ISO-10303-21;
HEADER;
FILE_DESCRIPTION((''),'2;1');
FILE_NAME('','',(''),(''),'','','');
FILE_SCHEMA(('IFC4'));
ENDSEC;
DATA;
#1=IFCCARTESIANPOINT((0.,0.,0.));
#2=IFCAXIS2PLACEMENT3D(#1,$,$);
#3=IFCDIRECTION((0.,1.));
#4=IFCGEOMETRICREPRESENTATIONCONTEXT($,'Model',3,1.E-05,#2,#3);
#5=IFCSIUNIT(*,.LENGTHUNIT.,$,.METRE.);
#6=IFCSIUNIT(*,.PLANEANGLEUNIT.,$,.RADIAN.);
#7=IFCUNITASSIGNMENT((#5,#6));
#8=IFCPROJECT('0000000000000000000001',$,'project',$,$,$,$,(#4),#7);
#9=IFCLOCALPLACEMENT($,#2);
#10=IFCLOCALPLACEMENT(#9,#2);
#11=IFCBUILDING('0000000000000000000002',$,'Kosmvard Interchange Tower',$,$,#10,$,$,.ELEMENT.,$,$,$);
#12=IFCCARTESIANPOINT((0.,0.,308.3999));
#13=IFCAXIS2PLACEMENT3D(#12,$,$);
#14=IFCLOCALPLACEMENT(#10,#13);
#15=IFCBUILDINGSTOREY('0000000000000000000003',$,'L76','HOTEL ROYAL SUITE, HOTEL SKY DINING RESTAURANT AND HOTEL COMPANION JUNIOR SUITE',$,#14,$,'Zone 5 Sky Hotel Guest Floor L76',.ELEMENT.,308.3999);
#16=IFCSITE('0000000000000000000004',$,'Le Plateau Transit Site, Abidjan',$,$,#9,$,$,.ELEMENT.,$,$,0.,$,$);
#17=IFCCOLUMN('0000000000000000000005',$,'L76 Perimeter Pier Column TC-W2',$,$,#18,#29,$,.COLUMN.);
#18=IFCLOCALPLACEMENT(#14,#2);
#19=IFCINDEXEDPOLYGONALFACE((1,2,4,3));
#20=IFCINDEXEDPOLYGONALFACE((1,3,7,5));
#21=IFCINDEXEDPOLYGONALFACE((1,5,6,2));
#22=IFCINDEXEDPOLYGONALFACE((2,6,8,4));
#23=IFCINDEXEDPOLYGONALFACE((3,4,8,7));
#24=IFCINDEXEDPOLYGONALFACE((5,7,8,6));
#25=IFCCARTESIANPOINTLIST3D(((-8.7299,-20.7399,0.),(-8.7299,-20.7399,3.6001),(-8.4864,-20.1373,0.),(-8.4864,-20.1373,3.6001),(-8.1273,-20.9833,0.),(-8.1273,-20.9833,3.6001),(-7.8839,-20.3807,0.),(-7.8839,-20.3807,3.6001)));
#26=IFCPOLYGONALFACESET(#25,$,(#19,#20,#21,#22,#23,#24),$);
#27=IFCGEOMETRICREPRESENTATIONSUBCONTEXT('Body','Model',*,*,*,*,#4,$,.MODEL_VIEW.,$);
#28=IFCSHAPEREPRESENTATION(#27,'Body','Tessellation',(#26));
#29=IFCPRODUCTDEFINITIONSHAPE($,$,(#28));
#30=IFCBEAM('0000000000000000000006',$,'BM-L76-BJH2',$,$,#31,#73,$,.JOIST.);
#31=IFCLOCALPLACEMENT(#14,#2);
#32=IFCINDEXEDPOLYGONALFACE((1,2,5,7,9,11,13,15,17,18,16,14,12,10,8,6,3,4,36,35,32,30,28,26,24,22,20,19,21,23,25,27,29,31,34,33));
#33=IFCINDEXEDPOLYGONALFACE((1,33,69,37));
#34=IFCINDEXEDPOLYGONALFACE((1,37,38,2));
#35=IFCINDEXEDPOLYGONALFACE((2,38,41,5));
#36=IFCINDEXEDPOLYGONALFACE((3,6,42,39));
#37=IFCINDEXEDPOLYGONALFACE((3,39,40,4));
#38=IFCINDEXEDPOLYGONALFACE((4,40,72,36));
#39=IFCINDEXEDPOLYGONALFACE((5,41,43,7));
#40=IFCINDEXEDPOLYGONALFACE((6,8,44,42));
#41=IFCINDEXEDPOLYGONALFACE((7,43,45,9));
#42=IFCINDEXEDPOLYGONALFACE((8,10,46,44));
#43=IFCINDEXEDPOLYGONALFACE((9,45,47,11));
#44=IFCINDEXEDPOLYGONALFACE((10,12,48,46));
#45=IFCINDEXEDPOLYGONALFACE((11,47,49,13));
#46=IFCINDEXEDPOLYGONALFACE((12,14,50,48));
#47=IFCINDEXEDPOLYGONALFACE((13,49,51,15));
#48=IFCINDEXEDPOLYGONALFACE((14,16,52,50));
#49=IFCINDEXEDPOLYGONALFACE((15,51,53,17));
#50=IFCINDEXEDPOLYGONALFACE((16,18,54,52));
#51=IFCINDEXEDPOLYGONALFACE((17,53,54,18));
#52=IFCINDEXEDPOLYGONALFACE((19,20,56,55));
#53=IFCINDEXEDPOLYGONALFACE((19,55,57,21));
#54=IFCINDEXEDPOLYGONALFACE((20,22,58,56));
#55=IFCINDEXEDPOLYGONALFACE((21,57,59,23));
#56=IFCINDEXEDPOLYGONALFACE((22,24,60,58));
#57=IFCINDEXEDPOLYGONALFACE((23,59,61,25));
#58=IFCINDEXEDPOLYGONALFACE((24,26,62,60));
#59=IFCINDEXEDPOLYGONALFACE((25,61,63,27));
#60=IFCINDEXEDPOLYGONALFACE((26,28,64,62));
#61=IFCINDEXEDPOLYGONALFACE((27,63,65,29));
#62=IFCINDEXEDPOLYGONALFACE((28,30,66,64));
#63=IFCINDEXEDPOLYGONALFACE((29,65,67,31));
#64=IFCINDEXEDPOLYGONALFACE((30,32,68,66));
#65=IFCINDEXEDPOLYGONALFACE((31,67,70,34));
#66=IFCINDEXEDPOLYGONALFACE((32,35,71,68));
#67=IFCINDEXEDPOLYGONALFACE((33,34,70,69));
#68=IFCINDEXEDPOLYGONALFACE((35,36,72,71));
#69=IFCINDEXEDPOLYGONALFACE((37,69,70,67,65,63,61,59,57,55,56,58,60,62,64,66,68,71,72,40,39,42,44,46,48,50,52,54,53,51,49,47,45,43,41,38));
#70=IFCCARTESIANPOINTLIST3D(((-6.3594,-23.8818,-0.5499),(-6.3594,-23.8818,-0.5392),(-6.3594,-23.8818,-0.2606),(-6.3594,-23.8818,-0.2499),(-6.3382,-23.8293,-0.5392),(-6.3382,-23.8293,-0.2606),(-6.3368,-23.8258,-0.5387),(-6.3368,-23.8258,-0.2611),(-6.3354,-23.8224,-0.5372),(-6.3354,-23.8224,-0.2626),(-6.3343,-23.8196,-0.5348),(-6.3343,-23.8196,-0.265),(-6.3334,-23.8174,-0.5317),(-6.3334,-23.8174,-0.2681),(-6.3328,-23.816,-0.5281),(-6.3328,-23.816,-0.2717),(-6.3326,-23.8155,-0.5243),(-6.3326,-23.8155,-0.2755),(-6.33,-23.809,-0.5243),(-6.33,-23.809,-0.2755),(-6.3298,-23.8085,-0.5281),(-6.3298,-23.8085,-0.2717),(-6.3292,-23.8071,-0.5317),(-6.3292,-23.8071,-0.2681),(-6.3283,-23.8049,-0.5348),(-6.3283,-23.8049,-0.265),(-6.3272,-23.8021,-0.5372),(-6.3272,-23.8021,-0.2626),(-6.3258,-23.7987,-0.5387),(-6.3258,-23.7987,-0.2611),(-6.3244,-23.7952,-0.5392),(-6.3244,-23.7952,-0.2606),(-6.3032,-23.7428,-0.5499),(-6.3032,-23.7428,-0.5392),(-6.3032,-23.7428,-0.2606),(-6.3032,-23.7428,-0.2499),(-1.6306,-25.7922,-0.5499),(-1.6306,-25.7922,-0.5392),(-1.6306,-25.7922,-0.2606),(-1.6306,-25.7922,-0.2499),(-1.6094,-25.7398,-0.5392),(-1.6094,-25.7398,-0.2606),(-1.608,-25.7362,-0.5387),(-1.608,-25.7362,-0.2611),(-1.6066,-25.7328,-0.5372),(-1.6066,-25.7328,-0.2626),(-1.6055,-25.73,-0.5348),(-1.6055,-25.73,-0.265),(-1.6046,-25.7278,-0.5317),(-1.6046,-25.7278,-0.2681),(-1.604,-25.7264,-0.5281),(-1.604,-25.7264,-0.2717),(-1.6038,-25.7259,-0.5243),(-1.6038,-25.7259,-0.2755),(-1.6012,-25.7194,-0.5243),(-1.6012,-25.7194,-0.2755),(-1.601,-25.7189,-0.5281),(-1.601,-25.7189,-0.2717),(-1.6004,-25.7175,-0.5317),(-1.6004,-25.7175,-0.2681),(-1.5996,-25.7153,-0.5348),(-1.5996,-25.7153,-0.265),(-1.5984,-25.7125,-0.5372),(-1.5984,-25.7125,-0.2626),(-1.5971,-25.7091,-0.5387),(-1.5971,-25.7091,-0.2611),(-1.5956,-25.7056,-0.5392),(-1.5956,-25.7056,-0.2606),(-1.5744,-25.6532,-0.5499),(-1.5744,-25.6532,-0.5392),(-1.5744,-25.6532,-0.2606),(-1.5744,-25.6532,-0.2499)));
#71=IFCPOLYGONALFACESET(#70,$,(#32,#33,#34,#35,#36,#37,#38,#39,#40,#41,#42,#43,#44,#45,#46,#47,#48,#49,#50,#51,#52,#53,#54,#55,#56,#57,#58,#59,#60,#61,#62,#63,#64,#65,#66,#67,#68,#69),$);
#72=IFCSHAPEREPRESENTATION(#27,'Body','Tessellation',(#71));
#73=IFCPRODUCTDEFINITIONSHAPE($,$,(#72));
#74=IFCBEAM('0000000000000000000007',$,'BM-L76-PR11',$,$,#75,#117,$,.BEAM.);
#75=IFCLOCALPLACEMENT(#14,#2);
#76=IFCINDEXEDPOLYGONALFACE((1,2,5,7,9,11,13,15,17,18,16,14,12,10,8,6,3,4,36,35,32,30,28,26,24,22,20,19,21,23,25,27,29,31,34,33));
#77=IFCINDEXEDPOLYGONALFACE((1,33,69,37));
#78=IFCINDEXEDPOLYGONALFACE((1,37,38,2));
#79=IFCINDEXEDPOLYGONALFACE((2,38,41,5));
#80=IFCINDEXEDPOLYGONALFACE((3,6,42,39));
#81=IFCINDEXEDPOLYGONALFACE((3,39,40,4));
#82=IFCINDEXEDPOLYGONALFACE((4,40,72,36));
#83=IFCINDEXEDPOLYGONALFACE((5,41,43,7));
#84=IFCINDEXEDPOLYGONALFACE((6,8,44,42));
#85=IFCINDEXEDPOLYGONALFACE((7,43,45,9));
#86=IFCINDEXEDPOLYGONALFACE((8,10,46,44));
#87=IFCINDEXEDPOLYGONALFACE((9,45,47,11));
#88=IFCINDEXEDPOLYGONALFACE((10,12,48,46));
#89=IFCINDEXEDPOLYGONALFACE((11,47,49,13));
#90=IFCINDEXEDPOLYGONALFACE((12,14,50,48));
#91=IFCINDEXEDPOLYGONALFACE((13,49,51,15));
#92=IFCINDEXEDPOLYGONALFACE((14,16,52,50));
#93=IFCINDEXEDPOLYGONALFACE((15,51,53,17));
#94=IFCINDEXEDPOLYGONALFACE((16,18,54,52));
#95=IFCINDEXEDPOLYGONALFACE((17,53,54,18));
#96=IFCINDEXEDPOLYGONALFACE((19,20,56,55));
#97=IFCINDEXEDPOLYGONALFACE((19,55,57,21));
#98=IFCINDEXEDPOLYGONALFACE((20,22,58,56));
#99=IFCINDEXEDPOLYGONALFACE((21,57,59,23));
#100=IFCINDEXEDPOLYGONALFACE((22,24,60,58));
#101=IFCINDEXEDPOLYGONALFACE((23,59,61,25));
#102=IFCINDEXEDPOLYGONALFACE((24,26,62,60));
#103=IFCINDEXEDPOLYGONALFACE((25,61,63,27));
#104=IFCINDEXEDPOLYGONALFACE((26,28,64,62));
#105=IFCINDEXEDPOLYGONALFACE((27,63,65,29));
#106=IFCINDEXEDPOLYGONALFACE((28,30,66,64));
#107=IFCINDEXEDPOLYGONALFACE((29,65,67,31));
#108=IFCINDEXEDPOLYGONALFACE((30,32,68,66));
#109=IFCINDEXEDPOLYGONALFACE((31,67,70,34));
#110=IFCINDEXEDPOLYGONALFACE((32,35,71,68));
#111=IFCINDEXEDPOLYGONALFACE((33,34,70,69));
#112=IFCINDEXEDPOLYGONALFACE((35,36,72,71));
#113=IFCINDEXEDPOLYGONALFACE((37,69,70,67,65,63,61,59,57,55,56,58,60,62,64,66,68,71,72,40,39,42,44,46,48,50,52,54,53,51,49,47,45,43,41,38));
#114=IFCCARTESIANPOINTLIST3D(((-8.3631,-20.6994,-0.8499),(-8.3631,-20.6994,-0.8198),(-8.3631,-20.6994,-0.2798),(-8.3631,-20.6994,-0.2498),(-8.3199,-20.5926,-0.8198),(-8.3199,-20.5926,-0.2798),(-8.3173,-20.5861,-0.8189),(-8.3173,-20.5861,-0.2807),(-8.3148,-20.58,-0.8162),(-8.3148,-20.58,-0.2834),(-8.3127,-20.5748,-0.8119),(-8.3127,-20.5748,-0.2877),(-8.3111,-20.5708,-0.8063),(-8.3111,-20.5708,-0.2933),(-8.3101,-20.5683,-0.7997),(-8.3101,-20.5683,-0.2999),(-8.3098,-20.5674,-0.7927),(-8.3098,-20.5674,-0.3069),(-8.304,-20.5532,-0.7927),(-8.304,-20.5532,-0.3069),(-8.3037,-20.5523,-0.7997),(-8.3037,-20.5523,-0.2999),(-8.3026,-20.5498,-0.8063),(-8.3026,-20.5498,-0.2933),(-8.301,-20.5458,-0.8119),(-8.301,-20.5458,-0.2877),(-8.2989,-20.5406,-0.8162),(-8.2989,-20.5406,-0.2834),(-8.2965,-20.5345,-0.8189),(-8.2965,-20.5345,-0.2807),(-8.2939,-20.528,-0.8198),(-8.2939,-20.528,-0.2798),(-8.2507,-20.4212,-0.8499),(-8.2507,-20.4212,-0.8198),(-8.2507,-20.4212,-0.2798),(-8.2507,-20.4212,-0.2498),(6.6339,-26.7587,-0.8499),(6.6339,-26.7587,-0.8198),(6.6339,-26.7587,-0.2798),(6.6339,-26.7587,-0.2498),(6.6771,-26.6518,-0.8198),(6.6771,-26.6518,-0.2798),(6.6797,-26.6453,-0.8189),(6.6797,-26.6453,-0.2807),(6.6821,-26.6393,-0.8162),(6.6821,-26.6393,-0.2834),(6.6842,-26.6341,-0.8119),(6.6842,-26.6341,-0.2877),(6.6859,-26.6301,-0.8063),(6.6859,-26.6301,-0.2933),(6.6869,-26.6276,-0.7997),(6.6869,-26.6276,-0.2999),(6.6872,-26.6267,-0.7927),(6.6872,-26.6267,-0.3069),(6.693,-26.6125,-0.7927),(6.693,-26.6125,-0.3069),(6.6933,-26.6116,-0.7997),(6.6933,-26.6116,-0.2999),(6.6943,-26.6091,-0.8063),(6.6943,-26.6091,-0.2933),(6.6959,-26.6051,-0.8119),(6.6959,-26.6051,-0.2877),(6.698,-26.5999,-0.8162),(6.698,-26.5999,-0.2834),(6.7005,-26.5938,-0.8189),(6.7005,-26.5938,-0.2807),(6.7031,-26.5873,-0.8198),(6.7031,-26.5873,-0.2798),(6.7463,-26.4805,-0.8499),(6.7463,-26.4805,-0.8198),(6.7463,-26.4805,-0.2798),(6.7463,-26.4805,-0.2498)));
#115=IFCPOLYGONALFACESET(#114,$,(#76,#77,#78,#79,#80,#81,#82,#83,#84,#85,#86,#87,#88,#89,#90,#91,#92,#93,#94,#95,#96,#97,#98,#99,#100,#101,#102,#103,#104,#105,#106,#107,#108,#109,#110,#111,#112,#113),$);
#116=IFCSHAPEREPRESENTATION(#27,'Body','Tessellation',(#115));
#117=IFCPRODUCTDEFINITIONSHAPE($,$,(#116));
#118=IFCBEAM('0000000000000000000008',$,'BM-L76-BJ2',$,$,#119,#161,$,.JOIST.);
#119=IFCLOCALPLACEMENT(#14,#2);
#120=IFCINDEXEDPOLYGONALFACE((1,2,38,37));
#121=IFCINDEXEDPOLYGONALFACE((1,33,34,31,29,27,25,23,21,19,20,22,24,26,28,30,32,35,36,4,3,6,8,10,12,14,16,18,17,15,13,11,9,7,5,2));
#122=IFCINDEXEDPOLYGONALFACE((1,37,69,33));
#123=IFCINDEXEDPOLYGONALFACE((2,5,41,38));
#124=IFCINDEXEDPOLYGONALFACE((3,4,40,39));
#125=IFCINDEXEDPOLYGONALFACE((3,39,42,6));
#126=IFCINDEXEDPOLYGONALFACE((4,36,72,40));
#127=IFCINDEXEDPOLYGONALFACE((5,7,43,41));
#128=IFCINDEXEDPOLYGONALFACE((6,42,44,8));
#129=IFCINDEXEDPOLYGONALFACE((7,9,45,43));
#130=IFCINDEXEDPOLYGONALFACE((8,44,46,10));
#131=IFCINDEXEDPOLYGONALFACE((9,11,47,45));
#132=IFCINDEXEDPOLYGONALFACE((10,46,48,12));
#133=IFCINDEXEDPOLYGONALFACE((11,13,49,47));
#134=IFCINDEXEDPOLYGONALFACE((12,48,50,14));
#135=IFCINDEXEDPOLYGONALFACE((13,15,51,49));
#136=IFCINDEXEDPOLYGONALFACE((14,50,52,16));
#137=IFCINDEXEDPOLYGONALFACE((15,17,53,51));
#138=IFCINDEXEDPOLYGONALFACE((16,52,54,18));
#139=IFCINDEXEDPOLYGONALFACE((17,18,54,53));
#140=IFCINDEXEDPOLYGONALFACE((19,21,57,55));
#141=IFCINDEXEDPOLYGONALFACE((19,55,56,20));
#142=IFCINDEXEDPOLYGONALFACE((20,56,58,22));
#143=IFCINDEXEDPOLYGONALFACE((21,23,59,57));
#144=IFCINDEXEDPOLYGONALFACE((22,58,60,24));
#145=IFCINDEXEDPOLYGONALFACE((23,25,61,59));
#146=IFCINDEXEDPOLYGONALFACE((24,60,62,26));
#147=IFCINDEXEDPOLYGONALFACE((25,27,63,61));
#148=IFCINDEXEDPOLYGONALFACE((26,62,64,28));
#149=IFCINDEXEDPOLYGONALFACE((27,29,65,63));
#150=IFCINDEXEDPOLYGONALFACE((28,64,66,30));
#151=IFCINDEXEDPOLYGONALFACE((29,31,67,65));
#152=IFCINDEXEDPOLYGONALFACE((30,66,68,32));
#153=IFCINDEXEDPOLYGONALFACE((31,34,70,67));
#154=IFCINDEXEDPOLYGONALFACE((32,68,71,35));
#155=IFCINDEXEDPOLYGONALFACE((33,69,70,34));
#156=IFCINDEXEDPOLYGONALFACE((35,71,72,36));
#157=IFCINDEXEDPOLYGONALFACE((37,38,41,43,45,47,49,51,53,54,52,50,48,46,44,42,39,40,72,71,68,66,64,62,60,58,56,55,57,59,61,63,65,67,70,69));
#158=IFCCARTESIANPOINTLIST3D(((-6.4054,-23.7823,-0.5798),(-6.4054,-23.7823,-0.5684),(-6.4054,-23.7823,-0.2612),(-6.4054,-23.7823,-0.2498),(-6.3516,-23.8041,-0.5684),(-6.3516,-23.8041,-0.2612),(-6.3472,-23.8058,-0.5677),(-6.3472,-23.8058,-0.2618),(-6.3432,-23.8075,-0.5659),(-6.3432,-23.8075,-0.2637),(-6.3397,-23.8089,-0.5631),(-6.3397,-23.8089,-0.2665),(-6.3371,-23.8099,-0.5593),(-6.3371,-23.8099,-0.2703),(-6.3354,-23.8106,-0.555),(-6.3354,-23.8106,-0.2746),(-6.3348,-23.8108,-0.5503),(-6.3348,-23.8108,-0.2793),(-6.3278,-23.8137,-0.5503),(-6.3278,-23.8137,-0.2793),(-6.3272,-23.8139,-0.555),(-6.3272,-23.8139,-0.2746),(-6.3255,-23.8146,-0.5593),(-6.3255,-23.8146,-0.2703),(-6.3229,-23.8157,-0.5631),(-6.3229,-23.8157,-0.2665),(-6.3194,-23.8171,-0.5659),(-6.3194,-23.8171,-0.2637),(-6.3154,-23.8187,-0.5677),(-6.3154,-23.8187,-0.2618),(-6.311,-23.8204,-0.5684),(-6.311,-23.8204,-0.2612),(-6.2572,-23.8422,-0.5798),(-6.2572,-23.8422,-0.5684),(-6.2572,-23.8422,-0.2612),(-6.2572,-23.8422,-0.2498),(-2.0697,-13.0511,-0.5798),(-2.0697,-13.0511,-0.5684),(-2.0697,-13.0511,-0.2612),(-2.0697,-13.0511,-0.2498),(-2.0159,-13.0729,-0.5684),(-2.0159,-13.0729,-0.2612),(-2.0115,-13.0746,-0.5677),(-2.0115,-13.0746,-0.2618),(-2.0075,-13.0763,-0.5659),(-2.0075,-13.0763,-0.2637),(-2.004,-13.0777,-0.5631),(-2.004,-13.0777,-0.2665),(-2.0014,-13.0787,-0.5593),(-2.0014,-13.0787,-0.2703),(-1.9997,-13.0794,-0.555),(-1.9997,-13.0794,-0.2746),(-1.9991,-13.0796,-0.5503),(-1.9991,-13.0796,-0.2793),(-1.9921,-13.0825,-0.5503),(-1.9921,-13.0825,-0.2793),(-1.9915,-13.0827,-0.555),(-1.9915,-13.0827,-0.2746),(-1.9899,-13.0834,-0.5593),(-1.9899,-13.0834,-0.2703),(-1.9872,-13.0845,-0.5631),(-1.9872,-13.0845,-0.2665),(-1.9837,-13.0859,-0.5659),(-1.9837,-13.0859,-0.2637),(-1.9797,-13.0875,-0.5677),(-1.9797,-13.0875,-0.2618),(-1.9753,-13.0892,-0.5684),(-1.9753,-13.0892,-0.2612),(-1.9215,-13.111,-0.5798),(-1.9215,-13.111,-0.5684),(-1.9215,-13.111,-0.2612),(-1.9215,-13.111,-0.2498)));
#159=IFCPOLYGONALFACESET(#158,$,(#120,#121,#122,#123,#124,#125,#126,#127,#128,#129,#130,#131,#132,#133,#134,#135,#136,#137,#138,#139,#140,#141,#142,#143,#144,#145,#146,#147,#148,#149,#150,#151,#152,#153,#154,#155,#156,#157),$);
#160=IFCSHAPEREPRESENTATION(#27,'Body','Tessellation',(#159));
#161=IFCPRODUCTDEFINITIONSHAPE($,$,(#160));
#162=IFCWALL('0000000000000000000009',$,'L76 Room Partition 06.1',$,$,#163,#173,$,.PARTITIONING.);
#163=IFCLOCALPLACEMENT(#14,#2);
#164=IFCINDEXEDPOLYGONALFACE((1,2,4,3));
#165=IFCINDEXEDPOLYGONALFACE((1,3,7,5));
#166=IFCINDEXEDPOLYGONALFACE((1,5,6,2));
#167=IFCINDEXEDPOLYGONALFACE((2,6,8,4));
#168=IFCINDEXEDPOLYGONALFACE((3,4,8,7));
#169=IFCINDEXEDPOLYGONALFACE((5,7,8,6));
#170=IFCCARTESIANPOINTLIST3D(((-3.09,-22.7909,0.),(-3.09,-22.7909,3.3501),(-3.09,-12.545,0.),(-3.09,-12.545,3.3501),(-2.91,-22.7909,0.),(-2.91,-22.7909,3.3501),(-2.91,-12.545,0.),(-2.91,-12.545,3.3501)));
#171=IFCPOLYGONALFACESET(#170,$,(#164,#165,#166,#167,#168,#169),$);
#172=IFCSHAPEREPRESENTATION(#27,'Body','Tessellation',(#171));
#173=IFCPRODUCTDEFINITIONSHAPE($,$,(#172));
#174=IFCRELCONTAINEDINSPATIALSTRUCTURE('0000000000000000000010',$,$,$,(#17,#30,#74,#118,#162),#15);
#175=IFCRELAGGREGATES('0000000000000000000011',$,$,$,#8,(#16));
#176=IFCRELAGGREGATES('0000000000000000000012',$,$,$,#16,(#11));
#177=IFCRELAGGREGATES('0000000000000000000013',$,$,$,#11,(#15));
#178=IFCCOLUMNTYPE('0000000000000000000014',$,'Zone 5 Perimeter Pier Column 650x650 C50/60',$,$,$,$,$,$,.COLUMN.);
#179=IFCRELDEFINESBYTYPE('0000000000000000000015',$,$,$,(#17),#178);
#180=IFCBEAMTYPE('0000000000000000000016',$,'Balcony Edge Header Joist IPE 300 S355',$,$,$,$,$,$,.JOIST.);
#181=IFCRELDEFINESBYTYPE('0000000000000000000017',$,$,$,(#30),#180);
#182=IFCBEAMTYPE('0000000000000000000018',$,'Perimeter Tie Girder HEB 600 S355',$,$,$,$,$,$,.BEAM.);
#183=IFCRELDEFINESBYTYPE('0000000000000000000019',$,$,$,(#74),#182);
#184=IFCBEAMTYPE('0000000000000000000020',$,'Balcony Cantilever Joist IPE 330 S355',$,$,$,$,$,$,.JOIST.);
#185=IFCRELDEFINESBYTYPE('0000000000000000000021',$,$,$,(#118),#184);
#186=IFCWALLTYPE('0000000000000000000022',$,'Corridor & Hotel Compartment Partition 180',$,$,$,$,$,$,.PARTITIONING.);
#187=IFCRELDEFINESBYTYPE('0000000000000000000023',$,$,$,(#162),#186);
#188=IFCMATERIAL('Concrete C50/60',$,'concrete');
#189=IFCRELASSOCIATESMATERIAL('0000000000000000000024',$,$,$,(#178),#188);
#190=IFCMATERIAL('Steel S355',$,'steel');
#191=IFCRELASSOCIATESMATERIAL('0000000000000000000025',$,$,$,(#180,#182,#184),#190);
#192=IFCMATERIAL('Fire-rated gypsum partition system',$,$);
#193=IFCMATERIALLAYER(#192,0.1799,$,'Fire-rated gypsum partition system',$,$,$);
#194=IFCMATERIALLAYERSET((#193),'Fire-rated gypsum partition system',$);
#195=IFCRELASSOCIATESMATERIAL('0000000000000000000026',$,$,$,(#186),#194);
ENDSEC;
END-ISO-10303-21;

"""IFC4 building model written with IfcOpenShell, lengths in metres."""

from ifc_helpers import new_model, si_unit, direction, frame, frame_2d, origin, origin_2d, place, context, subcontext, project, spatial, rectangle, i_section, extrude, source, transform, mapped, material, layer, layer_set, material_profile, profile_set, type_object, element, save


model = new_model("IFC4")

# Units and contexts
model_context = context("Model", 3, precision=1e-05, world=origin(), true_north=direction((0.0, 1.0)))
body_context = subcontext(model_context, "Body", "Model", "MODEL_VIEW")
ifc_project = project(units=[si_unit("LENGTHUNIT", "METRE"), si_unit("PLANEANGLEUNIT", "RADIAN")], contexts=[model_context])

# Site, building, storey
site_placement = place(None, origin())
site = spatial("IfcSite", under=ifc_project, at=site_placement, Name="Le Plateau Transit Site, Abidjan", CompositionType="ELEMENT", RefElevation=0.0)
building_placement = place(site_placement, origin())
building = spatial("IfcBuilding", under=site, at=building_placement, Name="Kosmvard Interchange Tower", CompositionType="ELEMENT")
storey_placement = place(building_placement, frame((0.0, 0.0, 308.3999)))
storey = spatial("IfcBuildingStorey", under=building, at=storey_placement, Name="L76", Description="HOTEL ROYAL SUITE, HOTEL SKY DINING RESTAURANT AND HOTEL COMPANION JUNIOR SUITE", LongName="Zone 5 Sky Hotel Guest Floor L76", CompositionType="ELEMENT", Elevation=308.3999)

# Column
ifc_material_1 = material(Name="Concrete C50/60", Category="concrete")
ifc_material_profile_1 = material_profile(ifc_material_1, rectangle(XDim=0.6499, YDim=0.6499, at=origin_2d()), Name="TC 650x650")
ifc_profile_set_1 = profile_set([ifc_material_profile_1], Name="Concrete C50/60")
column_type = type_object("IfcColumnType", Name="Zone 5 Perimeter Pier Column 650x650 C50/60", PredefinedType="COLUMN", material=ifc_profile_set_1)
shared_shape_1 = source(origin(), body_context, "Body", "SweptSolid", [
    extrude(rectangle(XDim=0.6499, YDim=0.6499, at=origin_2d()), origin(), (0.0, 0.0, 1.0), 3.6001),
])
column_placement = place(storey_placement, frame((-8.3069, -20.5603, 0.0), z_axis=(0.0, 0.0, 1.0), x_axis=(0.374607, 0.927184, 0.0)))
element("IfcColumn", 1, at=column_placement, inside=storey, type_object=column_type, Name="L76 Perimeter Pier Column TC-W2", PredefinedType="COLUMN", context=body_context, shape_type="MappedRepresentation", body=[
    mapped(shared_shape_1, transform((0.0, 0.0, 0.0), scale=1.0)),
])

# Beams
ifc_material_2 = material(Name="Steel S355", Category="steel")
ifc_material_profile_2 = material_profile(ifc_material_2, i_section(OverallWidth=0.1499, OverallDepth=0.3, WebThickness=0.0071, FlangeThickness=0.0107, FilletRadius=0.0149, at=origin_2d()), Name="IPE 300")
ifc_profile_set_2 = profile_set([ifc_material_profile_2], Name="Steel S355")
beam_type_1 = type_object("IfcBeamType", Name="Balcony Edge Header Joist IPE 300 S355", PredefinedType="JOIST", material=ifc_profile_set_2)
shared_shape_2 = source(origin(), body_context, "Body", "SweptSolid", [
    extrude(i_section(OverallWidth=0.1499, OverallDepth=0.3, WebThickness=0.0071, FlangeThickness=0.0107, FilletRadius=0.0149, at=origin_2d()), origin(), (0.0, 0.0, 1.0), 5.1001),
])
beam_1_placement = place(storey_placement, frame((-6.3313, -23.8123, -0.3999), z_axis=(0.927194, -0.374583, 0.0), x_axis=(0.374583, 0.927194, 0.0)))
element("IfcBeam", 2, at=beam_1_placement, inside=storey, type_object=beam_type_1, Name="BM-L76-BJH2", PredefinedType="JOIST", context=body_context, shape_type="MappedRepresentation", body=[
    mapped(shared_shape_2, transform((0.0, 0.0, 0.0), scale=1.0)),
])
ifc_material_profile_3 = material_profile(ifc_material_2, i_section(OverallWidth=0.3, OverallDepth=0.6001, WebThickness=0.0154, FlangeThickness=0.03, FilletRadius=0.0271, at=origin_2d()), Name="HEB 600")
ifc_profile_set_3 = profile_set([ifc_material_profile_3], Name="Steel S355")
beam_type_2 = type_object("IfcBeamType", Name="Perimeter Tie Girder HEB 600 S355", PredefinedType="BEAM", material=ifc_profile_set_3)
shared_shape_3 = source(origin(), body_context, "Body", "SweptSolid", [
    extrude(i_section(OverallWidth=0.3, OverallDepth=0.6001, WebThickness=0.0154, FlangeThickness=0.03, FilletRadius=0.0271, at=origin_2d()), origin(), (0.0, 0.0, 1.0), 16.1748),
])
beam_2_placement = place(storey_placement, frame((-8.3069, -20.5603, -0.5498), z_axis=(0.927181, -0.374613, 0.0), x_axis=(0.374613, 0.927181, 0.0)))
element("IfcBeam", 3, at=beam_2_placement, inside=storey, type_object=beam_type_2, Name="BM-L76-PR11", PredefinedType="BEAM", context=body_context, shape_type="MappedRepresentation", body=[
    mapped(shared_shape_3, transform((0.0, 0.0, 0.0), scale=1.0)),
])
ifc_material_profile_4 = material_profile(ifc_material_2, i_section(OverallWidth=0.1599, OverallDepth=0.3301, WebThickness=0.0076, FlangeThickness=0.0115, FilletRadius=0.0181, at=origin_2d()), Name="IPE 330")
ifc_profile_set_4 = profile_set([ifc_material_profile_4], Name="Steel S355")
beam_type_3 = type_object("IfcBeamType", Name="Balcony Cantilever Joist IPE 330 S355", PredefinedType="JOIST", material=ifc_profile_set_4)
shared_shape_4 = source(origin(), body_context, "Body", "SweptSolid", [
    extrude(i_section(OverallWidth=0.1599, OverallDepth=0.3301, WebThickness=0.0076, FlangeThickness=0.0115, FilletRadius=0.0181, at=origin_2d()), origin(), (0.0, 0.0, 1.0), 11.574),
])
beam_3_placement = place(storey_placement, frame((-1.9956, -13.0811, -0.4148), z_axis=(-0.374607, -0.927184, 0.0), x_axis=(0.927184, -0.374607, 0.0)))
element("IfcBeam", 4, at=beam_3_placement, inside=storey, type_object=beam_type_3, Name="BM-L76-BJ2", PredefinedType="JOIST", context=body_context, shape_type="MappedRepresentation", body=[
    mapped(shared_shape_4, transform((0.0, 0.0, 0.0), scale=1.0)),
])

# Wall
ifc_material_3 = material(Name="Fire-rated gypsum partition system")
ifc_layer_1 = layer(ifc_material_3, 0.1799, Name="Fire-rated gypsum partition system")
ifc_layer_set_1 = layer_set([ifc_layer_1], Name="Fire-rated gypsum partition system")
wall_type_1 = type_object("IfcWallType", Name="Corridor & Hotel Compartment Partition 180", PredefinedType="PARTITIONING", material=ifc_layer_set_1)
wall_1_placement = place(storey_placement, frame((-3.0, -12.5449, 0.0), z_axis=(0.0, 0.0, 1.0), x_axis=(0.0, -1.0, 0.0)))
element("IfcWall", 5, at=wall_1_placement, inside=storey, type_object=wall_type_1, Name="L76 Room Partition 06.1", PredefinedType="PARTITIONING", context=body_context, shape_type="SweptSolid", body=[
    extrude(rectangle(XDim=10.2458, YDim=0.1799, at=frame_2d((5.123, 0.0))), origin(), (0.0, 0.0, 1.0), 3.3501),
])

save(model, "model.ifc")
